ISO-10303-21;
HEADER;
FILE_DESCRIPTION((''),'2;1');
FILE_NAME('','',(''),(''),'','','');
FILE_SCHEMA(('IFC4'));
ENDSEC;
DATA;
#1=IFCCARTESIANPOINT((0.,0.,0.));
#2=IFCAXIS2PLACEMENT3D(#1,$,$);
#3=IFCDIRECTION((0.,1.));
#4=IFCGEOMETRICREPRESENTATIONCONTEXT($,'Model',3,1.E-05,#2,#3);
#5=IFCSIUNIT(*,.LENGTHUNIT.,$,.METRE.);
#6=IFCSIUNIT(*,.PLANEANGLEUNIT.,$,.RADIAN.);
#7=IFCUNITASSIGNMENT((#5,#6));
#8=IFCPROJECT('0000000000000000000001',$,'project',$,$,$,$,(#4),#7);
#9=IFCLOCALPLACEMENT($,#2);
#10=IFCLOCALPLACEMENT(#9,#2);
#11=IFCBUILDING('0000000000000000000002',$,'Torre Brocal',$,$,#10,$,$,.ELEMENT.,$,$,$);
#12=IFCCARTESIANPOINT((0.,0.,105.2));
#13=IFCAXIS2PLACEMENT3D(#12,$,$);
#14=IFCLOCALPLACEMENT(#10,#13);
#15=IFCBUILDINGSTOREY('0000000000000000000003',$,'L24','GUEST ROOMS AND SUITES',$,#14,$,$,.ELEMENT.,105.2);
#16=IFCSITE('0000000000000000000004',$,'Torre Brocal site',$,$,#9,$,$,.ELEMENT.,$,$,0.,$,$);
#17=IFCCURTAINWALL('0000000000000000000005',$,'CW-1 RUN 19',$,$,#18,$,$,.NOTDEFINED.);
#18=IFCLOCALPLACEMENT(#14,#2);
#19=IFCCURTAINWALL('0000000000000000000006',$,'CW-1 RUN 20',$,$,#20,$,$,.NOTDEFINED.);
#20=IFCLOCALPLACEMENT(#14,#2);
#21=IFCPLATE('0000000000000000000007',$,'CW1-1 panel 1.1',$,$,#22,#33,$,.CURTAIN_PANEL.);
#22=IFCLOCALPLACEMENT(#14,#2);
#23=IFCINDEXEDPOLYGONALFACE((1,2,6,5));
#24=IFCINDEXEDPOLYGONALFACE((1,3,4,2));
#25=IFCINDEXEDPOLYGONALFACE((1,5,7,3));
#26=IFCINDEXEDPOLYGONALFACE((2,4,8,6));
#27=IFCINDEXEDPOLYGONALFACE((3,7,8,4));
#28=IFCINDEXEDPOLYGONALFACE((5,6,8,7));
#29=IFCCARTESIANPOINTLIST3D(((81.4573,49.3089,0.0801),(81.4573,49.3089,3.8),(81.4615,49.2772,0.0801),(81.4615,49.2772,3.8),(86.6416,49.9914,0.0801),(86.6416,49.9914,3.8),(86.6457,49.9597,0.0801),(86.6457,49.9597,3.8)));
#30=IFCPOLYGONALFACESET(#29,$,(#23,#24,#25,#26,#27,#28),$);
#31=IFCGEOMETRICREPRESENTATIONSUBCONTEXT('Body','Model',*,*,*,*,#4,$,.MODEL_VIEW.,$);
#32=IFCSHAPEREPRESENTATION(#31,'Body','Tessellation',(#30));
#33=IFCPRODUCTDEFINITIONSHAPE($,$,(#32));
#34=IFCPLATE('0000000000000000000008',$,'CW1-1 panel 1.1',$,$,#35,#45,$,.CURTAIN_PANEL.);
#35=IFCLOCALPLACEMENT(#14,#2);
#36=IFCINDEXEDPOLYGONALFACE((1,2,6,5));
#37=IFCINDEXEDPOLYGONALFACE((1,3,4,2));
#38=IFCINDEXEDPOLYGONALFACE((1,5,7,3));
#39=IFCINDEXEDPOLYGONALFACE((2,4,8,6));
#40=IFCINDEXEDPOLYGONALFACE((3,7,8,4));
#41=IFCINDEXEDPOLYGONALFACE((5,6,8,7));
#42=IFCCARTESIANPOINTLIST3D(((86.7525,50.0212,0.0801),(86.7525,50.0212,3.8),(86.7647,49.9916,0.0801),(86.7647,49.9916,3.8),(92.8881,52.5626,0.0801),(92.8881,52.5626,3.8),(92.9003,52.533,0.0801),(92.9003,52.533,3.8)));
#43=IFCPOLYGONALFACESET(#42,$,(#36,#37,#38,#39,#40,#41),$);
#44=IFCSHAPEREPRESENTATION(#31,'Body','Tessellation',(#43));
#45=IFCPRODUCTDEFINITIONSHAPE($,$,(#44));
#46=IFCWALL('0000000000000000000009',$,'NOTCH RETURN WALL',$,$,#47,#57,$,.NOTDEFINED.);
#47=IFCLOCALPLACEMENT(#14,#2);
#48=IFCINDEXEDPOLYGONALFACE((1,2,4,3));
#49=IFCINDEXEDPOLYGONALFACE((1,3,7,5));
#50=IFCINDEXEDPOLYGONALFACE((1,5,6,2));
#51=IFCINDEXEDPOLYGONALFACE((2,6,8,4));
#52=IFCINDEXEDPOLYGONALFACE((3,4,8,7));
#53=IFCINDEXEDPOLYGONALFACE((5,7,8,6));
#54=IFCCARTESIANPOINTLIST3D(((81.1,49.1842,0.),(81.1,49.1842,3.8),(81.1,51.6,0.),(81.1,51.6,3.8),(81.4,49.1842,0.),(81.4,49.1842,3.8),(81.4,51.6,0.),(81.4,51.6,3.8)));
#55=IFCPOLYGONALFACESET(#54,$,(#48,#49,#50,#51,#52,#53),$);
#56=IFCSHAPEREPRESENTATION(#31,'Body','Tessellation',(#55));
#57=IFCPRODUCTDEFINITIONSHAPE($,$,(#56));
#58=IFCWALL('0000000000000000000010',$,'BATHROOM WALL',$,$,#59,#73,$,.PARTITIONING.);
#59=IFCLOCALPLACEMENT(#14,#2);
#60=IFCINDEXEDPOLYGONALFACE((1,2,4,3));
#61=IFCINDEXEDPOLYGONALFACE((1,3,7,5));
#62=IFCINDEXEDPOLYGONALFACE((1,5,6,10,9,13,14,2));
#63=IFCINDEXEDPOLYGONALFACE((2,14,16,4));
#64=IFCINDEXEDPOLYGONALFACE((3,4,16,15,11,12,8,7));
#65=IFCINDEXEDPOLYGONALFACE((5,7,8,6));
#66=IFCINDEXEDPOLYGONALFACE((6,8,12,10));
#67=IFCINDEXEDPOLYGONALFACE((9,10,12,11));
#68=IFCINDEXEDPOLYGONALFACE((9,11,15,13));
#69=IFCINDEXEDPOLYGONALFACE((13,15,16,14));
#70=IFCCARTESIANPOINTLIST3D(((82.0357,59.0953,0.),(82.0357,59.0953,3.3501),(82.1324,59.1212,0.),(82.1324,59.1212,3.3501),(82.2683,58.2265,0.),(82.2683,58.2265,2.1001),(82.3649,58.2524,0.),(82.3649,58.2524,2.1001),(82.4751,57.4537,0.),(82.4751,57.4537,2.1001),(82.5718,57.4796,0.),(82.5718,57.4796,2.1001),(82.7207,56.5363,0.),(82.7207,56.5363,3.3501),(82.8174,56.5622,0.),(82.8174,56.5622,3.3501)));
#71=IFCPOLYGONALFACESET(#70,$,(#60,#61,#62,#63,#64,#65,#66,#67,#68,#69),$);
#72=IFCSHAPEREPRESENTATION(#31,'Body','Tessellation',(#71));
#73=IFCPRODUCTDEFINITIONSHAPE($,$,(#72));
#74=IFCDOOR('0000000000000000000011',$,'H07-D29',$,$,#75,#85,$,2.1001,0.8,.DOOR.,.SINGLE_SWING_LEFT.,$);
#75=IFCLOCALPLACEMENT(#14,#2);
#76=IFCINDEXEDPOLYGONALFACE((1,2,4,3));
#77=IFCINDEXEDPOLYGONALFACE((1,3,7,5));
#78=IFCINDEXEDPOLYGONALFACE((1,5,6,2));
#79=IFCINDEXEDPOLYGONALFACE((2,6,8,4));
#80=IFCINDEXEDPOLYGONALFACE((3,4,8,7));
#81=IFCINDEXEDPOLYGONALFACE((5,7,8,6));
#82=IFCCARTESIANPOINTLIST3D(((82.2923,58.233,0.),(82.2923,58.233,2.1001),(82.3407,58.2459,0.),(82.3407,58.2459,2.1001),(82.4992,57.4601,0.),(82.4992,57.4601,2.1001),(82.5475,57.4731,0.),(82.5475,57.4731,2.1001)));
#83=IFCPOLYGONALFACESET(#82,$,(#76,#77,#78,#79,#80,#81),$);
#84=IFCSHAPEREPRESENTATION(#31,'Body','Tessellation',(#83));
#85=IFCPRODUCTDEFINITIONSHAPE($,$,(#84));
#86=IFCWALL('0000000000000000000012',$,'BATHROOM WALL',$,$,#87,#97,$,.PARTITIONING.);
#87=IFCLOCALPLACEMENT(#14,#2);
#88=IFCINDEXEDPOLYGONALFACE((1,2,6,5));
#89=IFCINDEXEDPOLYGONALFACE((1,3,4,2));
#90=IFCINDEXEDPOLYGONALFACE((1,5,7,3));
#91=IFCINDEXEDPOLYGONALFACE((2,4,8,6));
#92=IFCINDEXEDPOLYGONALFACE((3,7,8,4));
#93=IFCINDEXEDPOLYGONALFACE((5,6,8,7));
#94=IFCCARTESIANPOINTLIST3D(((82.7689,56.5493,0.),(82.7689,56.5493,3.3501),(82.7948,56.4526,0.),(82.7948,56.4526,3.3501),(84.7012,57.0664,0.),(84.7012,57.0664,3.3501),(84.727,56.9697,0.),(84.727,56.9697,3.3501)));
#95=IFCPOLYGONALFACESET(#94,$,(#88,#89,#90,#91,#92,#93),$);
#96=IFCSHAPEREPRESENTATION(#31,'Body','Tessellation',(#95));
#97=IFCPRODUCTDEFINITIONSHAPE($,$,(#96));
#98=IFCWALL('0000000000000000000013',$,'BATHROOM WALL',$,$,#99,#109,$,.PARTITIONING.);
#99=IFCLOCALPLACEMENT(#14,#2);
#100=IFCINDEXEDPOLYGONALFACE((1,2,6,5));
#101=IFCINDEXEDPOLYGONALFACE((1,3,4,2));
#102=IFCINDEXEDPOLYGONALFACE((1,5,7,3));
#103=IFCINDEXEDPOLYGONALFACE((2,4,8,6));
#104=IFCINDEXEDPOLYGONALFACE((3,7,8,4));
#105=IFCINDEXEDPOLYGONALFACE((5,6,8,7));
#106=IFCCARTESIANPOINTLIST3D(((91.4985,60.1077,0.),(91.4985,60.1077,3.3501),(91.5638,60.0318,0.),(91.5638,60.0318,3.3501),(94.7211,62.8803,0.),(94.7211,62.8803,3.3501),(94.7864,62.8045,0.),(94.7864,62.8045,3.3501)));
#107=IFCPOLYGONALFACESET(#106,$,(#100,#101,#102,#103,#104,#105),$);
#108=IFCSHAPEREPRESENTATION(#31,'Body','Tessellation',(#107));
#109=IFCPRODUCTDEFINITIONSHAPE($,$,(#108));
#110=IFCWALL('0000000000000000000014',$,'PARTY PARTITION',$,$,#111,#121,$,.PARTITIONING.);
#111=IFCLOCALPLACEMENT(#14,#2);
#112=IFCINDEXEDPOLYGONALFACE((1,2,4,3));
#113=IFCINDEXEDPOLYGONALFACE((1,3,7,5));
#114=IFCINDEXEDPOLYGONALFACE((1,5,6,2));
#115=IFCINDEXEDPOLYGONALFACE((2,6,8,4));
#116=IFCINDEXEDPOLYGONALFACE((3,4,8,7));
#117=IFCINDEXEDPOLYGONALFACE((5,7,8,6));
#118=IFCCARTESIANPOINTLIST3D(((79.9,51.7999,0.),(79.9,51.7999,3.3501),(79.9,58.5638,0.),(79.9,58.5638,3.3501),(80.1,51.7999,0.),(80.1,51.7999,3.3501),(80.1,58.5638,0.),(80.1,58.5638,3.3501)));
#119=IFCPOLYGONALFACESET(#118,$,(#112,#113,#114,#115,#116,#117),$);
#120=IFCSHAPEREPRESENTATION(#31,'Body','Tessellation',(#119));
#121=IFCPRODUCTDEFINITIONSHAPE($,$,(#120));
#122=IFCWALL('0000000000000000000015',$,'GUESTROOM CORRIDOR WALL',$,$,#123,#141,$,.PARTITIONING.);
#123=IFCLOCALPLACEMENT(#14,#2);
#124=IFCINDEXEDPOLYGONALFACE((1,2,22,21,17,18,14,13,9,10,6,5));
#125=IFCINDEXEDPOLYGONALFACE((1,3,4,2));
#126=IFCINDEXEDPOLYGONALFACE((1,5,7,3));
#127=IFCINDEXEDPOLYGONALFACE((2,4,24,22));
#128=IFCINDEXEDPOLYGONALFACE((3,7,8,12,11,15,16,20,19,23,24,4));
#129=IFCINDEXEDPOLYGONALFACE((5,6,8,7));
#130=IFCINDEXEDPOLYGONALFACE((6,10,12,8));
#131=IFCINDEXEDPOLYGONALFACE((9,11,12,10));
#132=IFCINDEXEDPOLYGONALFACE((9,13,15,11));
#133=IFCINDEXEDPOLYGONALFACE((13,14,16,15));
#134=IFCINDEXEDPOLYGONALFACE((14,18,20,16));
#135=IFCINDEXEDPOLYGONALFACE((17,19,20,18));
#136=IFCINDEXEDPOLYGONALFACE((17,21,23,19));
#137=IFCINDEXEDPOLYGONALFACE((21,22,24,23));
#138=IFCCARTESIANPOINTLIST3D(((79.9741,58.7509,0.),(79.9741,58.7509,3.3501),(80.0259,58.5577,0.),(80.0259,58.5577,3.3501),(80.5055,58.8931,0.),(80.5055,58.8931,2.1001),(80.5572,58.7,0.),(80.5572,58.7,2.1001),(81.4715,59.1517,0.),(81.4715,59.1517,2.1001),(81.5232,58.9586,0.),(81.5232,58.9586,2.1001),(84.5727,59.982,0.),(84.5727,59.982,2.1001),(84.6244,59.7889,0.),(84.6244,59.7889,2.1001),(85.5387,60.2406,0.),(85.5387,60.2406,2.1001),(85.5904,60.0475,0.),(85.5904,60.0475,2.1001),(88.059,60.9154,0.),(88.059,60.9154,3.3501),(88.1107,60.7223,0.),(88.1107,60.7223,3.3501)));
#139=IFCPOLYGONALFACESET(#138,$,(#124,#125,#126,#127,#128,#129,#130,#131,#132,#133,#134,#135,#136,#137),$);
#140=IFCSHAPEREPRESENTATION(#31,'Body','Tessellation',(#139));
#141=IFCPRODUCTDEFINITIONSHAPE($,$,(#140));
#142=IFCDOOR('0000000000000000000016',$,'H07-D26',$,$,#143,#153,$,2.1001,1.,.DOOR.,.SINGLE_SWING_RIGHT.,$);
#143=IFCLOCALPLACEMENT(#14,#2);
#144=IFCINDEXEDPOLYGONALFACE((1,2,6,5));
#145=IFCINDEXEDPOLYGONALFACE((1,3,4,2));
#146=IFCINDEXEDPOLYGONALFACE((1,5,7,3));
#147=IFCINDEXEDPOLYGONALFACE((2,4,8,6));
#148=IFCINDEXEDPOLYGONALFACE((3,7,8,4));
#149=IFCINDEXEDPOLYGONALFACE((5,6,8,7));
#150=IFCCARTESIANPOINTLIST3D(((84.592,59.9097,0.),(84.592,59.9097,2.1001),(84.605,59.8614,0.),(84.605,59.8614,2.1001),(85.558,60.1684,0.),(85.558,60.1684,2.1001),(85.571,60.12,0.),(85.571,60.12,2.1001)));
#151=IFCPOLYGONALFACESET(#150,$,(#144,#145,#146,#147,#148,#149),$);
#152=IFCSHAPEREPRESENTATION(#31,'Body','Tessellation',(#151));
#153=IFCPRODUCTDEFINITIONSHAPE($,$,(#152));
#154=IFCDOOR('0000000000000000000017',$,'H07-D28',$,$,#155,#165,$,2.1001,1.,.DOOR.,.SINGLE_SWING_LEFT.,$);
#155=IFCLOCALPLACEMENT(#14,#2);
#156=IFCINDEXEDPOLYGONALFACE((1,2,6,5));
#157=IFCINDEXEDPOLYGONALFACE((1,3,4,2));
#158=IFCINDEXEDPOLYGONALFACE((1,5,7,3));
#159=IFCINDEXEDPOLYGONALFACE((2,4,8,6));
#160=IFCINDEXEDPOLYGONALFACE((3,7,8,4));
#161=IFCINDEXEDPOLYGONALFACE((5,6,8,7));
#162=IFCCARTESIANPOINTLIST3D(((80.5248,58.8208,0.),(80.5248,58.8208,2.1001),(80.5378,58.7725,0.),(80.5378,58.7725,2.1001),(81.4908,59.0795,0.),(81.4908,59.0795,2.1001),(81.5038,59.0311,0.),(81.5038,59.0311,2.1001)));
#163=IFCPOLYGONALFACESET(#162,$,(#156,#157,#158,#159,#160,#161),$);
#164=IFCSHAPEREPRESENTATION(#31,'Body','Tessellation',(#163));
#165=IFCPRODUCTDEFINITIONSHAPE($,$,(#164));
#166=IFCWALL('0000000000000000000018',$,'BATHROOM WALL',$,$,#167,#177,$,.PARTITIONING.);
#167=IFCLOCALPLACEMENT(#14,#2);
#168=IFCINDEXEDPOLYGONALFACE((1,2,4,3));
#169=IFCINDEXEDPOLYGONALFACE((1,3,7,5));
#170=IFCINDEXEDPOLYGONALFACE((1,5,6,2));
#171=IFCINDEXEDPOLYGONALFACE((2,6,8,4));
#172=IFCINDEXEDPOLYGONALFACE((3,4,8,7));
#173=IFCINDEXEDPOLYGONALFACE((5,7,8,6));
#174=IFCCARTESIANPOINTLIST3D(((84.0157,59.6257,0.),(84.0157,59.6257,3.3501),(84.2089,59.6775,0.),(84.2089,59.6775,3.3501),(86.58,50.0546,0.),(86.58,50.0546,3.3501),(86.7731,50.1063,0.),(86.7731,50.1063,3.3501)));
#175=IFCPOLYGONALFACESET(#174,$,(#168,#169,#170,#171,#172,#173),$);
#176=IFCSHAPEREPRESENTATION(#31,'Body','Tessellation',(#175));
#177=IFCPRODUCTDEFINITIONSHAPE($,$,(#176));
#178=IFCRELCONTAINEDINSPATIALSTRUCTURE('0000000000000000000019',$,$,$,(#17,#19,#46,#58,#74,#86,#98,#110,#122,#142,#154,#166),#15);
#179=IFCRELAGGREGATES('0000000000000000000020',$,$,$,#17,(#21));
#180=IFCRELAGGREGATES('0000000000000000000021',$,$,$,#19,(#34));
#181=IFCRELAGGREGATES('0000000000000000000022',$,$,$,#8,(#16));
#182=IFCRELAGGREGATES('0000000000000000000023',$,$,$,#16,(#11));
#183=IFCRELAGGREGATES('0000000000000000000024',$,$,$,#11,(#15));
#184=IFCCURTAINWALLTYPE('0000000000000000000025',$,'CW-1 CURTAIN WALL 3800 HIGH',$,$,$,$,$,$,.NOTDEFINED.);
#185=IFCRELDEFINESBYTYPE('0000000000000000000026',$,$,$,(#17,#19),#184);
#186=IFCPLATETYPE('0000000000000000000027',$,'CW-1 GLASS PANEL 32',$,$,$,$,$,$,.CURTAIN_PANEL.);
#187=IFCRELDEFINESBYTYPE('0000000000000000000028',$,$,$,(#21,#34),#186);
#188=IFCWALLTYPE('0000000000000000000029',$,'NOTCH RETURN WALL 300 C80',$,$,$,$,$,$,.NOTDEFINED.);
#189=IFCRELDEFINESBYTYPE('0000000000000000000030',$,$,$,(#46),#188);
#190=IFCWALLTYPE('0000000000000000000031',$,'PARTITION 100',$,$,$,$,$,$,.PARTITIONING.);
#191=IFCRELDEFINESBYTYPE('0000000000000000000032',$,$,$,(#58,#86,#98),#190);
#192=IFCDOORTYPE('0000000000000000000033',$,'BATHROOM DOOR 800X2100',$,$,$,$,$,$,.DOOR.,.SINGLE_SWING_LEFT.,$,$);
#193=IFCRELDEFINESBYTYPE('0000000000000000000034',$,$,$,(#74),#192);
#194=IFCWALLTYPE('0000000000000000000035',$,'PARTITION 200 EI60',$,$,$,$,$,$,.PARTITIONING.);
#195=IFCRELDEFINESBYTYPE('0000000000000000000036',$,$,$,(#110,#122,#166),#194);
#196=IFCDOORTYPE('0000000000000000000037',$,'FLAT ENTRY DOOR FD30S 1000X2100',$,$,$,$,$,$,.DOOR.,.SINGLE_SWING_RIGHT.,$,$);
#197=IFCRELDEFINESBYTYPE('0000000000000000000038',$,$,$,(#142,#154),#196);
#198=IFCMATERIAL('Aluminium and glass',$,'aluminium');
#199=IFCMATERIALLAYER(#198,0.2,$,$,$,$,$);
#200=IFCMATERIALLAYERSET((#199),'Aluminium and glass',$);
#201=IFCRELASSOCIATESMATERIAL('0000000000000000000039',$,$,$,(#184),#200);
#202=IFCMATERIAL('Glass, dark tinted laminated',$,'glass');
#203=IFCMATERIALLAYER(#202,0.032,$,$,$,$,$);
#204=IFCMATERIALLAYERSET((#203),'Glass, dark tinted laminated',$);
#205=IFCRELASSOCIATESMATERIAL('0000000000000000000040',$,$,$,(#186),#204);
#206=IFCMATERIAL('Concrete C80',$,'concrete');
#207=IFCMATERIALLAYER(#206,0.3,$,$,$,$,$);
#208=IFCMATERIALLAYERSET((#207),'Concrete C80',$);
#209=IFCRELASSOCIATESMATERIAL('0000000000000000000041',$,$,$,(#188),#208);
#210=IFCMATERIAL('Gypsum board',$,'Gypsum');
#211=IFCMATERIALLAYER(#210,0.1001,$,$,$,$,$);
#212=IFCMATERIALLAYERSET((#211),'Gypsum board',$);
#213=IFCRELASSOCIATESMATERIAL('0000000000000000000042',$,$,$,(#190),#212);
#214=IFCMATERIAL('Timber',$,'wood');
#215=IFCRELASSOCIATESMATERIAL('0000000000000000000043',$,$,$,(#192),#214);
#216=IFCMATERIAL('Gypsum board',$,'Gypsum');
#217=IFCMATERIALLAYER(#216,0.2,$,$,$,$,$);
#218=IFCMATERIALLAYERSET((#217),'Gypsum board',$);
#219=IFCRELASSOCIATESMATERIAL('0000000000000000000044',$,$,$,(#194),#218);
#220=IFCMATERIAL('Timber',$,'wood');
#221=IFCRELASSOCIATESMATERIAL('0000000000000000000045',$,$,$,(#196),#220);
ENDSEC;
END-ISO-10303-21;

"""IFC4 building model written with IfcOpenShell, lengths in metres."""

from ifc_helpers import new_model, si_unit, direction, frame, frame_2d, origin, origin_2d, place, context, subcontext, project, spatial, rectangle, extrude, material, layer, layer_set, type_object, element, fill, aggregate, save


model = new_model("IFC4")

# Units and contexts
model_context = context("Model", 3, precision=1e-05, world=origin(), true_north=direction((0.0, 1.0)))
body_context = subcontext(model_context, "Body", "Model", "MODEL_VIEW")
ifc_project = project(units=[si_unit("LENGTHUNIT", "METRE"), si_unit("PLANEANGLEUNIT", "RADIAN")], contexts=[model_context])

# Site, building, storey
site_placement = place(None, origin())
site = spatial("IfcSite", under=ifc_project, at=site_placement, Name="Torre Brocal site", CompositionType="ELEMENT", RefElevation=0.0)
building_placement = place(site_placement, origin())
building = spatial("IfcBuilding", under=site, at=building_placement, Name="Torre Brocal", CompositionType="ELEMENT")
storey_placement = place(building_placement, frame((0.0, 0.0, 105.2)))
storey = spatial("IfcBuildingStorey", under=building, at=storey_placement, Name="L24", Description="GUEST ROOMS AND SUITES", CompositionType="ELEMENT", Elevation=105.2)

# Curtain wall
ifc_material_1 = material(Name="Aluminium and glass", Category="aluminium")
ifc_layer_1 = layer(ifc_material_1, 0.2)
ifc_layer_set_1 = layer_set([ifc_layer_1], Name="Aluminium and glass")
curtain_wall_type = type_object("IfcCurtainWallType", Name="CW-1 CURTAIN WALL 3800 HIGH", PredefinedType="NOTDEFINED", material=ifc_layer_set_1)
curtain_wall_1_placement = place(storey_placement, origin())
curtain_wall_1 = element("IfcCurtainWall", 1, at=curtain_wall_1_placement, inside=storey, type_object=curtain_wall_type, Name="CW-1 RUN 19", PredefinedType="NOTDEFINED")

# Curtain wall
curtain_wall_2_placement = place(storey_placement, origin())
curtain_wall_2 = element("IfcCurtainWall", 2, at=curtain_wall_2_placement, inside=storey, type_object=curtain_wall_type, Name="CW-1 RUN 20", PredefinedType="NOTDEFINED")

# Plates
ifc_material_2 = material(Name="Glass, dark tinted laminated", Category="glass")
ifc_layer_2 = layer(ifc_material_2, 0.032)
ifc_layer_set_2 = layer_set([ifc_layer_2], Name="Glass, dark tinted laminated")
plate_type = type_object("IfcPlateType", Name="CW-1 GLASS PANEL 32", PredefinedType="CURTAIN_PANEL", material=ifc_layer_set_2)
plate_1_placement = place(storey_placement, frame((84.0515, 49.6343, 0.0801), z_axis=(0.0, 0.0, 1.0), x_axis=(0.991445, 0.130526, 0.0)))
plate_1 = element("IfcPlate", 3, at=plate_1_placement, type_object=plate_type, Name="CW1-1 panel 1.1", PredefinedType="CURTAIN_PANEL", context=body_context, shape_type="SweptSolid", body=[
    extrude(rectangle(XDim=5.229, YDim=0.032, at=origin_2d()), origin(), (0.0, 0.0, 1.0), 3.72),
])
aggregate(curtain_wall_1, [plate_1])
plate_2_placement = place(storey_placement, frame((89.8264, 51.2771, 0.0801), z_axis=(0.0, 0.0, 1.0), x_axis=(0.92388, 0.382683, 0.0)))
plate_2 = element("IfcPlate", 4, at=plate_2_placement, type_object=plate_type, Name="CW1-1 panel 1.1", PredefinedType="CURTAIN_PANEL", context=body_context, shape_type="SweptSolid", body=[
    extrude(rectangle(XDim=6.6411, YDim=0.032, at=origin_2d()), origin(), (0.0, 0.0, 1.0), 3.72),
])
aggregate(curtain_wall_2, [plate_2])

# Wall
ifc_material_3 = material(Name="Concrete C80", Category="concrete")
ifc_layer_3 = layer(ifc_material_3, 0.3)
ifc_layer_set_3 = layer_set([ifc_layer_3], Name="Concrete C80")
wall_type_1 = type_object("IfcWallType", Name="NOTCH RETURN WALL 300 C80", PredefinedType="NOTDEFINED", material=ifc_layer_set_3)
wall_1_placement = place(storey_placement, frame((81.25, 51.6001, 0.0), z_axis=(0.0, 0.0, 1.0), x_axis=(0.0, -1.0, 0.0)))
element("IfcWall", 5, at=wall_1_placement, inside=storey, type_object=wall_type_1, Name="NOTCH RETURN WALL", PredefinedType="NOTDEFINED", context=body_context, shape_type="SweptSolid", body=[
    extrude(rectangle(XDim=2.4158, YDim=0.3, at=frame_2d((1.208, 0.0))), origin(), (0.0, 0.0, 1.0), 3.8),
])

# Wall, opening, door
ifc_material_4 = material(Name="Gypsum board", Category="Gypsum")
ifc_layer_4 = layer(ifc_material_4, 0.1001)
ifc_layer_set_4 = layer_set([ifc_layer_4], Name="Gypsum board")
wall_type_2 = type_object("IfcWallType", Name="PARTITION 100", PredefinedType="PARTITIONING", material=ifc_layer_set_4)
wall_2_placement = place(storey_placement, frame((82.084, 59.1084, 0.0), z_axis=(0.0, 0.0, 1.0), x_axis=(0.258592, -0.965987, 0.0)))
wall_2 = element("IfcWall", 6, at=wall_2_placement, inside=storey, type_object=wall_type_2, Name="BATHROOM WALL", PredefinedType="PARTITIONING", context=body_context, shape_type="SweptSolid", body=[
    extrude(rectangle(XDim=2.6492, YDim=0.1001, at=frame_2d((1.3247, 0.0))), origin(), (0.0, 0.0, 1.0), 3.3501),
])
opening_1_placement = place(wall_2_placement, frame((0.8997, 0.0, 0.0)))
opening_1 = element("IfcOpeningElement", 7, at=opening_1_placement, cuts=wall_2, PredefinedType="OPENING", context=body_context, shape_type="SweptSolid", body=[
    extrude(rectangle(XDim=0.8, YDim=2.1001, at=frame_2d((0.3999, 1.05))), frame((0.0, 0.0601, 0.0), z_axis=(0.0, -1.0, 0.0), x_axis=(1.0, 0.0, 0.0)), (0.0, 0.0, 1.0), 0.1201),
])
ifc_material_5 = material(Name="Timber", Category="wood")
door_type_1 = type_object("IfcDoorType", Name="BATHROOM DOOR 800X2100", OperationType="SINGLE_SWING_LEFT", PredefinedType="DOOR", material=ifc_material_5)
door_1_placement = place(opening_1_placement, origin())
door_1 = element("IfcDoor", 8, at=door_1_placement, inside=storey, type_object=door_type_1, Name="H07-D29", OperationType="SINGLE_SWING_LEFT", OverallHeight=2.1001, OverallWidth=0.8, PredefinedType="DOOR", context=body_context, shape_type="SweptSolid", body=[
    extrude(rectangle(XDim=0.8, YDim=2.1001, at=frame_2d((0.3999, 1.05))), frame((0.0, 0.0249, 0.0), z_axis=(0.0, -1.0, 0.0), x_axis=(1.0, 0.0, 0.0)), (0.0, 0.0, 1.0), 0.05),
])
fill(opening_1, door_1)

# Walls
wall_3_placement = place(storey_placement, frame((82.782, 56.501, 0.0), z_axis=(0.0, 0.0, 1.0), x_axis=(0.966004, 0.258529, 0.0)))
element("IfcWall", 9, at=wall_3_placement, inside=storey, type_object=wall_type_2, Name="BATHROOM WALL", PredefinedType="PARTITIONING", context=body_context, shape_type="SweptSolid", body=[
    extrude(rectangle(XDim=2.0002, YDim=0.1001, at=frame_2d((1.0, 0.0))), origin(), (0.0, 0.0, 1.0), 3.3501),
])
wall_4_placement = place(storey_placement, frame((91.5312, 60.0698, 0.0), z_axis=(0.0, 0.0, 1.0), x_axis=(0.758043, 0.652204, 0.0)))
element("IfcWall", 10, at=wall_4_placement, inside=storey, type_object=wall_type_2, Name="BATHROOM WALL", PredefinedType="PARTITIONING", context=body_context, shape_type="SweptSolid", body=[
    extrude(rectangle(XDim=4.2512, YDim=0.1001, at=frame_2d((2.1255, 0.0))), origin(), (0.0, 0.0, 1.0), 3.3501),
])
ifc_material_6 = material(Name="Gypsum board", Category="Gypsum")
ifc_layer_5 = layer(ifc_material_6, 0.2)
ifc_layer_set_5 = layer_set([ifc_layer_5], Name="Gypsum board")
wall_type_3 = type_object("IfcWallType", Name="PARTITION 200 EI60", PredefinedType="PARTITIONING", material=ifc_layer_set_5)
wall_5_placement = place(storey_placement, frame((80.0, 51.8, 0.0), z_axis=(0.0, 0.0, 1.0), x_axis=(0.0, 1.0, 0.0)))
element("IfcWall", 11, at=wall_5_placement, inside=storey, type_object=wall_type_3, Name="PARTY PARTITION", PredefinedType="PARTITIONING", context=body_context, shape_type="SweptSolid", body=[
    extrude(rectangle(XDim=6.7639, YDim=0.2, at=frame_2d((3.3818, 0.0))), origin(), (0.0, 0.0, 1.0), 3.3501),
])

# Wall, openings, doors
wall_6_placement = place(storey_placement, frame((80.0, 58.6543, 0.0), z_axis=(0.0, 0.0, 1.0), x_axis=(0.96598, 0.258617, 0.0)))
wall_6 = element("IfcWall", 12, at=wall_6_placement, inside=storey, type_object=wall_type_3, Name="GUESTROOM CORRIDOR WALL", PredefinedType="PARTITIONING", context=body_context, shape_type="SweptSolid", body=[
    extrude(rectangle(XDim=8.3696, YDim=0.2, at=frame_2d((4.1848, 0.0))), origin(), (0.0, 0.0, 1.0), 3.3501),
])
opening_2_placement = place(wall_6_placement, frame((4.7605, 0.0, 0.0)))
opening_2 = element("IfcOpeningElement", 13, at=opening_2_placement, cuts=wall_6, PredefinedType="OPENING", context=body_context, shape_type="SweptSolid", body=[
    extrude(rectangle(XDim=1.0, YDim=2.1001, at=frame_2d((0.5, 1.05))), frame((0.0, 0.1099, 0.0), z_axis=(0.0, -1.0, 0.0), x_axis=(1.0, 0.0, 0.0)), (0.0, 0.0, 1.0), 0.22),
])
opening_3_placement = place(wall_6_placement, frame((0.55, 0.0, 0.0)))
opening_3 = element("IfcOpeningElement", 14, at=opening_3_placement, cuts=wall_6, PredefinedType="OPENING", context=body_context, shape_type="SweptSolid", body=[
    extrude(rectangle(XDim=1.0, YDim=2.1001, at=frame_2d((0.5, 1.05))), frame((0.0, 0.1099, 0.0), z_axis=(0.0, -1.0, 0.0), x_axis=(1.0, 0.0, 0.0)), (0.0, 0.0, 1.0), 0.22),
])
ifc_material_7 = material(Name="Timber", Category="wood")
door_type_2 = type_object("IfcDoorType", Name="FLAT ENTRY DOOR FD30S 1000X2100", OperationType="SINGLE_SWING_RIGHT", PredefinedType="DOOR", material=ifc_material_7)
door_2_placement = place(opening_2_placement, frame((1.0, 0.0, 0.0), z_axis=(0.0, 0.0, 1.0), x_axis=(-1.0, 0.0, 0.0)))
door_2 = element("IfcDoor", 15, at=door_2_placement, inside=storey, type_object=door_type_2, Name="H07-D26", OperationType="SINGLE_SWING_RIGHT", OverallHeight=2.1001, OverallWidth=1.0, PredefinedType="DOOR", context=body_context, shape_type="SweptSolid", body=[
    extrude(rectangle(XDim=1.0, YDim=2.1001, at=frame_2d((0.5, 1.05))), frame((0.0, 0.0249, 0.0), z_axis=(0.0, -1.0, 0.0), x_axis=(1.0, 0.0, 0.0)), (0.0, 0.0, 1.0), 0.05),
])
fill(opening_2, door_2)
door_3_placement = place(opening_3_placement, frame((1.0, 0.0, 0.0), z_axis=(0.0, 0.0, 1.0), x_axis=(-1.0, 0.0, 0.0)))
door_3 = element("IfcDoor", 16, at=door_3_placement, inside=storey, type_object=door_type_2, Name="H07-D28", OperationType="SINGLE_SWING_LEFT", OverallHeight=2.1001, OverallWidth=1.0, PredefinedType="DOOR", context=body_context, shape_type="SweptSolid", body=[
    extrude(rectangle(XDim=1.0, YDim=2.1001, at=frame_2d((0.5, 1.05))), frame((0.0, 0.0249, 0.0), z_axis=(0.0, -1.0, 0.0), x_axis=(1.0, 0.0, 0.0)), (0.0, 0.0, 1.0), 0.05),
])
fill(opening_3, door_3)

# Wall
wall_7_placement = place(storey_placement, frame((84.1123, 59.6516, 0.0), z_axis=(0.0, 0.0, 1.0), x_axis=(0.258787, -0.965935, 0.0)))
element("IfcWall", 17, at=wall_7_placement, inside=storey, type_object=wall_type_3, Name="BATHROOM WALL", PredefinedType="PARTITIONING", context=body_context, shape_type="SweptSolid", body=[
    extrude(rectangle(XDim=9.9087, YDim=0.2, at=frame_2d((4.9543, 0.0))), origin(), (0.0, 0.0, 1.0), 3.3501),
])

save(model, "model.ifc")
